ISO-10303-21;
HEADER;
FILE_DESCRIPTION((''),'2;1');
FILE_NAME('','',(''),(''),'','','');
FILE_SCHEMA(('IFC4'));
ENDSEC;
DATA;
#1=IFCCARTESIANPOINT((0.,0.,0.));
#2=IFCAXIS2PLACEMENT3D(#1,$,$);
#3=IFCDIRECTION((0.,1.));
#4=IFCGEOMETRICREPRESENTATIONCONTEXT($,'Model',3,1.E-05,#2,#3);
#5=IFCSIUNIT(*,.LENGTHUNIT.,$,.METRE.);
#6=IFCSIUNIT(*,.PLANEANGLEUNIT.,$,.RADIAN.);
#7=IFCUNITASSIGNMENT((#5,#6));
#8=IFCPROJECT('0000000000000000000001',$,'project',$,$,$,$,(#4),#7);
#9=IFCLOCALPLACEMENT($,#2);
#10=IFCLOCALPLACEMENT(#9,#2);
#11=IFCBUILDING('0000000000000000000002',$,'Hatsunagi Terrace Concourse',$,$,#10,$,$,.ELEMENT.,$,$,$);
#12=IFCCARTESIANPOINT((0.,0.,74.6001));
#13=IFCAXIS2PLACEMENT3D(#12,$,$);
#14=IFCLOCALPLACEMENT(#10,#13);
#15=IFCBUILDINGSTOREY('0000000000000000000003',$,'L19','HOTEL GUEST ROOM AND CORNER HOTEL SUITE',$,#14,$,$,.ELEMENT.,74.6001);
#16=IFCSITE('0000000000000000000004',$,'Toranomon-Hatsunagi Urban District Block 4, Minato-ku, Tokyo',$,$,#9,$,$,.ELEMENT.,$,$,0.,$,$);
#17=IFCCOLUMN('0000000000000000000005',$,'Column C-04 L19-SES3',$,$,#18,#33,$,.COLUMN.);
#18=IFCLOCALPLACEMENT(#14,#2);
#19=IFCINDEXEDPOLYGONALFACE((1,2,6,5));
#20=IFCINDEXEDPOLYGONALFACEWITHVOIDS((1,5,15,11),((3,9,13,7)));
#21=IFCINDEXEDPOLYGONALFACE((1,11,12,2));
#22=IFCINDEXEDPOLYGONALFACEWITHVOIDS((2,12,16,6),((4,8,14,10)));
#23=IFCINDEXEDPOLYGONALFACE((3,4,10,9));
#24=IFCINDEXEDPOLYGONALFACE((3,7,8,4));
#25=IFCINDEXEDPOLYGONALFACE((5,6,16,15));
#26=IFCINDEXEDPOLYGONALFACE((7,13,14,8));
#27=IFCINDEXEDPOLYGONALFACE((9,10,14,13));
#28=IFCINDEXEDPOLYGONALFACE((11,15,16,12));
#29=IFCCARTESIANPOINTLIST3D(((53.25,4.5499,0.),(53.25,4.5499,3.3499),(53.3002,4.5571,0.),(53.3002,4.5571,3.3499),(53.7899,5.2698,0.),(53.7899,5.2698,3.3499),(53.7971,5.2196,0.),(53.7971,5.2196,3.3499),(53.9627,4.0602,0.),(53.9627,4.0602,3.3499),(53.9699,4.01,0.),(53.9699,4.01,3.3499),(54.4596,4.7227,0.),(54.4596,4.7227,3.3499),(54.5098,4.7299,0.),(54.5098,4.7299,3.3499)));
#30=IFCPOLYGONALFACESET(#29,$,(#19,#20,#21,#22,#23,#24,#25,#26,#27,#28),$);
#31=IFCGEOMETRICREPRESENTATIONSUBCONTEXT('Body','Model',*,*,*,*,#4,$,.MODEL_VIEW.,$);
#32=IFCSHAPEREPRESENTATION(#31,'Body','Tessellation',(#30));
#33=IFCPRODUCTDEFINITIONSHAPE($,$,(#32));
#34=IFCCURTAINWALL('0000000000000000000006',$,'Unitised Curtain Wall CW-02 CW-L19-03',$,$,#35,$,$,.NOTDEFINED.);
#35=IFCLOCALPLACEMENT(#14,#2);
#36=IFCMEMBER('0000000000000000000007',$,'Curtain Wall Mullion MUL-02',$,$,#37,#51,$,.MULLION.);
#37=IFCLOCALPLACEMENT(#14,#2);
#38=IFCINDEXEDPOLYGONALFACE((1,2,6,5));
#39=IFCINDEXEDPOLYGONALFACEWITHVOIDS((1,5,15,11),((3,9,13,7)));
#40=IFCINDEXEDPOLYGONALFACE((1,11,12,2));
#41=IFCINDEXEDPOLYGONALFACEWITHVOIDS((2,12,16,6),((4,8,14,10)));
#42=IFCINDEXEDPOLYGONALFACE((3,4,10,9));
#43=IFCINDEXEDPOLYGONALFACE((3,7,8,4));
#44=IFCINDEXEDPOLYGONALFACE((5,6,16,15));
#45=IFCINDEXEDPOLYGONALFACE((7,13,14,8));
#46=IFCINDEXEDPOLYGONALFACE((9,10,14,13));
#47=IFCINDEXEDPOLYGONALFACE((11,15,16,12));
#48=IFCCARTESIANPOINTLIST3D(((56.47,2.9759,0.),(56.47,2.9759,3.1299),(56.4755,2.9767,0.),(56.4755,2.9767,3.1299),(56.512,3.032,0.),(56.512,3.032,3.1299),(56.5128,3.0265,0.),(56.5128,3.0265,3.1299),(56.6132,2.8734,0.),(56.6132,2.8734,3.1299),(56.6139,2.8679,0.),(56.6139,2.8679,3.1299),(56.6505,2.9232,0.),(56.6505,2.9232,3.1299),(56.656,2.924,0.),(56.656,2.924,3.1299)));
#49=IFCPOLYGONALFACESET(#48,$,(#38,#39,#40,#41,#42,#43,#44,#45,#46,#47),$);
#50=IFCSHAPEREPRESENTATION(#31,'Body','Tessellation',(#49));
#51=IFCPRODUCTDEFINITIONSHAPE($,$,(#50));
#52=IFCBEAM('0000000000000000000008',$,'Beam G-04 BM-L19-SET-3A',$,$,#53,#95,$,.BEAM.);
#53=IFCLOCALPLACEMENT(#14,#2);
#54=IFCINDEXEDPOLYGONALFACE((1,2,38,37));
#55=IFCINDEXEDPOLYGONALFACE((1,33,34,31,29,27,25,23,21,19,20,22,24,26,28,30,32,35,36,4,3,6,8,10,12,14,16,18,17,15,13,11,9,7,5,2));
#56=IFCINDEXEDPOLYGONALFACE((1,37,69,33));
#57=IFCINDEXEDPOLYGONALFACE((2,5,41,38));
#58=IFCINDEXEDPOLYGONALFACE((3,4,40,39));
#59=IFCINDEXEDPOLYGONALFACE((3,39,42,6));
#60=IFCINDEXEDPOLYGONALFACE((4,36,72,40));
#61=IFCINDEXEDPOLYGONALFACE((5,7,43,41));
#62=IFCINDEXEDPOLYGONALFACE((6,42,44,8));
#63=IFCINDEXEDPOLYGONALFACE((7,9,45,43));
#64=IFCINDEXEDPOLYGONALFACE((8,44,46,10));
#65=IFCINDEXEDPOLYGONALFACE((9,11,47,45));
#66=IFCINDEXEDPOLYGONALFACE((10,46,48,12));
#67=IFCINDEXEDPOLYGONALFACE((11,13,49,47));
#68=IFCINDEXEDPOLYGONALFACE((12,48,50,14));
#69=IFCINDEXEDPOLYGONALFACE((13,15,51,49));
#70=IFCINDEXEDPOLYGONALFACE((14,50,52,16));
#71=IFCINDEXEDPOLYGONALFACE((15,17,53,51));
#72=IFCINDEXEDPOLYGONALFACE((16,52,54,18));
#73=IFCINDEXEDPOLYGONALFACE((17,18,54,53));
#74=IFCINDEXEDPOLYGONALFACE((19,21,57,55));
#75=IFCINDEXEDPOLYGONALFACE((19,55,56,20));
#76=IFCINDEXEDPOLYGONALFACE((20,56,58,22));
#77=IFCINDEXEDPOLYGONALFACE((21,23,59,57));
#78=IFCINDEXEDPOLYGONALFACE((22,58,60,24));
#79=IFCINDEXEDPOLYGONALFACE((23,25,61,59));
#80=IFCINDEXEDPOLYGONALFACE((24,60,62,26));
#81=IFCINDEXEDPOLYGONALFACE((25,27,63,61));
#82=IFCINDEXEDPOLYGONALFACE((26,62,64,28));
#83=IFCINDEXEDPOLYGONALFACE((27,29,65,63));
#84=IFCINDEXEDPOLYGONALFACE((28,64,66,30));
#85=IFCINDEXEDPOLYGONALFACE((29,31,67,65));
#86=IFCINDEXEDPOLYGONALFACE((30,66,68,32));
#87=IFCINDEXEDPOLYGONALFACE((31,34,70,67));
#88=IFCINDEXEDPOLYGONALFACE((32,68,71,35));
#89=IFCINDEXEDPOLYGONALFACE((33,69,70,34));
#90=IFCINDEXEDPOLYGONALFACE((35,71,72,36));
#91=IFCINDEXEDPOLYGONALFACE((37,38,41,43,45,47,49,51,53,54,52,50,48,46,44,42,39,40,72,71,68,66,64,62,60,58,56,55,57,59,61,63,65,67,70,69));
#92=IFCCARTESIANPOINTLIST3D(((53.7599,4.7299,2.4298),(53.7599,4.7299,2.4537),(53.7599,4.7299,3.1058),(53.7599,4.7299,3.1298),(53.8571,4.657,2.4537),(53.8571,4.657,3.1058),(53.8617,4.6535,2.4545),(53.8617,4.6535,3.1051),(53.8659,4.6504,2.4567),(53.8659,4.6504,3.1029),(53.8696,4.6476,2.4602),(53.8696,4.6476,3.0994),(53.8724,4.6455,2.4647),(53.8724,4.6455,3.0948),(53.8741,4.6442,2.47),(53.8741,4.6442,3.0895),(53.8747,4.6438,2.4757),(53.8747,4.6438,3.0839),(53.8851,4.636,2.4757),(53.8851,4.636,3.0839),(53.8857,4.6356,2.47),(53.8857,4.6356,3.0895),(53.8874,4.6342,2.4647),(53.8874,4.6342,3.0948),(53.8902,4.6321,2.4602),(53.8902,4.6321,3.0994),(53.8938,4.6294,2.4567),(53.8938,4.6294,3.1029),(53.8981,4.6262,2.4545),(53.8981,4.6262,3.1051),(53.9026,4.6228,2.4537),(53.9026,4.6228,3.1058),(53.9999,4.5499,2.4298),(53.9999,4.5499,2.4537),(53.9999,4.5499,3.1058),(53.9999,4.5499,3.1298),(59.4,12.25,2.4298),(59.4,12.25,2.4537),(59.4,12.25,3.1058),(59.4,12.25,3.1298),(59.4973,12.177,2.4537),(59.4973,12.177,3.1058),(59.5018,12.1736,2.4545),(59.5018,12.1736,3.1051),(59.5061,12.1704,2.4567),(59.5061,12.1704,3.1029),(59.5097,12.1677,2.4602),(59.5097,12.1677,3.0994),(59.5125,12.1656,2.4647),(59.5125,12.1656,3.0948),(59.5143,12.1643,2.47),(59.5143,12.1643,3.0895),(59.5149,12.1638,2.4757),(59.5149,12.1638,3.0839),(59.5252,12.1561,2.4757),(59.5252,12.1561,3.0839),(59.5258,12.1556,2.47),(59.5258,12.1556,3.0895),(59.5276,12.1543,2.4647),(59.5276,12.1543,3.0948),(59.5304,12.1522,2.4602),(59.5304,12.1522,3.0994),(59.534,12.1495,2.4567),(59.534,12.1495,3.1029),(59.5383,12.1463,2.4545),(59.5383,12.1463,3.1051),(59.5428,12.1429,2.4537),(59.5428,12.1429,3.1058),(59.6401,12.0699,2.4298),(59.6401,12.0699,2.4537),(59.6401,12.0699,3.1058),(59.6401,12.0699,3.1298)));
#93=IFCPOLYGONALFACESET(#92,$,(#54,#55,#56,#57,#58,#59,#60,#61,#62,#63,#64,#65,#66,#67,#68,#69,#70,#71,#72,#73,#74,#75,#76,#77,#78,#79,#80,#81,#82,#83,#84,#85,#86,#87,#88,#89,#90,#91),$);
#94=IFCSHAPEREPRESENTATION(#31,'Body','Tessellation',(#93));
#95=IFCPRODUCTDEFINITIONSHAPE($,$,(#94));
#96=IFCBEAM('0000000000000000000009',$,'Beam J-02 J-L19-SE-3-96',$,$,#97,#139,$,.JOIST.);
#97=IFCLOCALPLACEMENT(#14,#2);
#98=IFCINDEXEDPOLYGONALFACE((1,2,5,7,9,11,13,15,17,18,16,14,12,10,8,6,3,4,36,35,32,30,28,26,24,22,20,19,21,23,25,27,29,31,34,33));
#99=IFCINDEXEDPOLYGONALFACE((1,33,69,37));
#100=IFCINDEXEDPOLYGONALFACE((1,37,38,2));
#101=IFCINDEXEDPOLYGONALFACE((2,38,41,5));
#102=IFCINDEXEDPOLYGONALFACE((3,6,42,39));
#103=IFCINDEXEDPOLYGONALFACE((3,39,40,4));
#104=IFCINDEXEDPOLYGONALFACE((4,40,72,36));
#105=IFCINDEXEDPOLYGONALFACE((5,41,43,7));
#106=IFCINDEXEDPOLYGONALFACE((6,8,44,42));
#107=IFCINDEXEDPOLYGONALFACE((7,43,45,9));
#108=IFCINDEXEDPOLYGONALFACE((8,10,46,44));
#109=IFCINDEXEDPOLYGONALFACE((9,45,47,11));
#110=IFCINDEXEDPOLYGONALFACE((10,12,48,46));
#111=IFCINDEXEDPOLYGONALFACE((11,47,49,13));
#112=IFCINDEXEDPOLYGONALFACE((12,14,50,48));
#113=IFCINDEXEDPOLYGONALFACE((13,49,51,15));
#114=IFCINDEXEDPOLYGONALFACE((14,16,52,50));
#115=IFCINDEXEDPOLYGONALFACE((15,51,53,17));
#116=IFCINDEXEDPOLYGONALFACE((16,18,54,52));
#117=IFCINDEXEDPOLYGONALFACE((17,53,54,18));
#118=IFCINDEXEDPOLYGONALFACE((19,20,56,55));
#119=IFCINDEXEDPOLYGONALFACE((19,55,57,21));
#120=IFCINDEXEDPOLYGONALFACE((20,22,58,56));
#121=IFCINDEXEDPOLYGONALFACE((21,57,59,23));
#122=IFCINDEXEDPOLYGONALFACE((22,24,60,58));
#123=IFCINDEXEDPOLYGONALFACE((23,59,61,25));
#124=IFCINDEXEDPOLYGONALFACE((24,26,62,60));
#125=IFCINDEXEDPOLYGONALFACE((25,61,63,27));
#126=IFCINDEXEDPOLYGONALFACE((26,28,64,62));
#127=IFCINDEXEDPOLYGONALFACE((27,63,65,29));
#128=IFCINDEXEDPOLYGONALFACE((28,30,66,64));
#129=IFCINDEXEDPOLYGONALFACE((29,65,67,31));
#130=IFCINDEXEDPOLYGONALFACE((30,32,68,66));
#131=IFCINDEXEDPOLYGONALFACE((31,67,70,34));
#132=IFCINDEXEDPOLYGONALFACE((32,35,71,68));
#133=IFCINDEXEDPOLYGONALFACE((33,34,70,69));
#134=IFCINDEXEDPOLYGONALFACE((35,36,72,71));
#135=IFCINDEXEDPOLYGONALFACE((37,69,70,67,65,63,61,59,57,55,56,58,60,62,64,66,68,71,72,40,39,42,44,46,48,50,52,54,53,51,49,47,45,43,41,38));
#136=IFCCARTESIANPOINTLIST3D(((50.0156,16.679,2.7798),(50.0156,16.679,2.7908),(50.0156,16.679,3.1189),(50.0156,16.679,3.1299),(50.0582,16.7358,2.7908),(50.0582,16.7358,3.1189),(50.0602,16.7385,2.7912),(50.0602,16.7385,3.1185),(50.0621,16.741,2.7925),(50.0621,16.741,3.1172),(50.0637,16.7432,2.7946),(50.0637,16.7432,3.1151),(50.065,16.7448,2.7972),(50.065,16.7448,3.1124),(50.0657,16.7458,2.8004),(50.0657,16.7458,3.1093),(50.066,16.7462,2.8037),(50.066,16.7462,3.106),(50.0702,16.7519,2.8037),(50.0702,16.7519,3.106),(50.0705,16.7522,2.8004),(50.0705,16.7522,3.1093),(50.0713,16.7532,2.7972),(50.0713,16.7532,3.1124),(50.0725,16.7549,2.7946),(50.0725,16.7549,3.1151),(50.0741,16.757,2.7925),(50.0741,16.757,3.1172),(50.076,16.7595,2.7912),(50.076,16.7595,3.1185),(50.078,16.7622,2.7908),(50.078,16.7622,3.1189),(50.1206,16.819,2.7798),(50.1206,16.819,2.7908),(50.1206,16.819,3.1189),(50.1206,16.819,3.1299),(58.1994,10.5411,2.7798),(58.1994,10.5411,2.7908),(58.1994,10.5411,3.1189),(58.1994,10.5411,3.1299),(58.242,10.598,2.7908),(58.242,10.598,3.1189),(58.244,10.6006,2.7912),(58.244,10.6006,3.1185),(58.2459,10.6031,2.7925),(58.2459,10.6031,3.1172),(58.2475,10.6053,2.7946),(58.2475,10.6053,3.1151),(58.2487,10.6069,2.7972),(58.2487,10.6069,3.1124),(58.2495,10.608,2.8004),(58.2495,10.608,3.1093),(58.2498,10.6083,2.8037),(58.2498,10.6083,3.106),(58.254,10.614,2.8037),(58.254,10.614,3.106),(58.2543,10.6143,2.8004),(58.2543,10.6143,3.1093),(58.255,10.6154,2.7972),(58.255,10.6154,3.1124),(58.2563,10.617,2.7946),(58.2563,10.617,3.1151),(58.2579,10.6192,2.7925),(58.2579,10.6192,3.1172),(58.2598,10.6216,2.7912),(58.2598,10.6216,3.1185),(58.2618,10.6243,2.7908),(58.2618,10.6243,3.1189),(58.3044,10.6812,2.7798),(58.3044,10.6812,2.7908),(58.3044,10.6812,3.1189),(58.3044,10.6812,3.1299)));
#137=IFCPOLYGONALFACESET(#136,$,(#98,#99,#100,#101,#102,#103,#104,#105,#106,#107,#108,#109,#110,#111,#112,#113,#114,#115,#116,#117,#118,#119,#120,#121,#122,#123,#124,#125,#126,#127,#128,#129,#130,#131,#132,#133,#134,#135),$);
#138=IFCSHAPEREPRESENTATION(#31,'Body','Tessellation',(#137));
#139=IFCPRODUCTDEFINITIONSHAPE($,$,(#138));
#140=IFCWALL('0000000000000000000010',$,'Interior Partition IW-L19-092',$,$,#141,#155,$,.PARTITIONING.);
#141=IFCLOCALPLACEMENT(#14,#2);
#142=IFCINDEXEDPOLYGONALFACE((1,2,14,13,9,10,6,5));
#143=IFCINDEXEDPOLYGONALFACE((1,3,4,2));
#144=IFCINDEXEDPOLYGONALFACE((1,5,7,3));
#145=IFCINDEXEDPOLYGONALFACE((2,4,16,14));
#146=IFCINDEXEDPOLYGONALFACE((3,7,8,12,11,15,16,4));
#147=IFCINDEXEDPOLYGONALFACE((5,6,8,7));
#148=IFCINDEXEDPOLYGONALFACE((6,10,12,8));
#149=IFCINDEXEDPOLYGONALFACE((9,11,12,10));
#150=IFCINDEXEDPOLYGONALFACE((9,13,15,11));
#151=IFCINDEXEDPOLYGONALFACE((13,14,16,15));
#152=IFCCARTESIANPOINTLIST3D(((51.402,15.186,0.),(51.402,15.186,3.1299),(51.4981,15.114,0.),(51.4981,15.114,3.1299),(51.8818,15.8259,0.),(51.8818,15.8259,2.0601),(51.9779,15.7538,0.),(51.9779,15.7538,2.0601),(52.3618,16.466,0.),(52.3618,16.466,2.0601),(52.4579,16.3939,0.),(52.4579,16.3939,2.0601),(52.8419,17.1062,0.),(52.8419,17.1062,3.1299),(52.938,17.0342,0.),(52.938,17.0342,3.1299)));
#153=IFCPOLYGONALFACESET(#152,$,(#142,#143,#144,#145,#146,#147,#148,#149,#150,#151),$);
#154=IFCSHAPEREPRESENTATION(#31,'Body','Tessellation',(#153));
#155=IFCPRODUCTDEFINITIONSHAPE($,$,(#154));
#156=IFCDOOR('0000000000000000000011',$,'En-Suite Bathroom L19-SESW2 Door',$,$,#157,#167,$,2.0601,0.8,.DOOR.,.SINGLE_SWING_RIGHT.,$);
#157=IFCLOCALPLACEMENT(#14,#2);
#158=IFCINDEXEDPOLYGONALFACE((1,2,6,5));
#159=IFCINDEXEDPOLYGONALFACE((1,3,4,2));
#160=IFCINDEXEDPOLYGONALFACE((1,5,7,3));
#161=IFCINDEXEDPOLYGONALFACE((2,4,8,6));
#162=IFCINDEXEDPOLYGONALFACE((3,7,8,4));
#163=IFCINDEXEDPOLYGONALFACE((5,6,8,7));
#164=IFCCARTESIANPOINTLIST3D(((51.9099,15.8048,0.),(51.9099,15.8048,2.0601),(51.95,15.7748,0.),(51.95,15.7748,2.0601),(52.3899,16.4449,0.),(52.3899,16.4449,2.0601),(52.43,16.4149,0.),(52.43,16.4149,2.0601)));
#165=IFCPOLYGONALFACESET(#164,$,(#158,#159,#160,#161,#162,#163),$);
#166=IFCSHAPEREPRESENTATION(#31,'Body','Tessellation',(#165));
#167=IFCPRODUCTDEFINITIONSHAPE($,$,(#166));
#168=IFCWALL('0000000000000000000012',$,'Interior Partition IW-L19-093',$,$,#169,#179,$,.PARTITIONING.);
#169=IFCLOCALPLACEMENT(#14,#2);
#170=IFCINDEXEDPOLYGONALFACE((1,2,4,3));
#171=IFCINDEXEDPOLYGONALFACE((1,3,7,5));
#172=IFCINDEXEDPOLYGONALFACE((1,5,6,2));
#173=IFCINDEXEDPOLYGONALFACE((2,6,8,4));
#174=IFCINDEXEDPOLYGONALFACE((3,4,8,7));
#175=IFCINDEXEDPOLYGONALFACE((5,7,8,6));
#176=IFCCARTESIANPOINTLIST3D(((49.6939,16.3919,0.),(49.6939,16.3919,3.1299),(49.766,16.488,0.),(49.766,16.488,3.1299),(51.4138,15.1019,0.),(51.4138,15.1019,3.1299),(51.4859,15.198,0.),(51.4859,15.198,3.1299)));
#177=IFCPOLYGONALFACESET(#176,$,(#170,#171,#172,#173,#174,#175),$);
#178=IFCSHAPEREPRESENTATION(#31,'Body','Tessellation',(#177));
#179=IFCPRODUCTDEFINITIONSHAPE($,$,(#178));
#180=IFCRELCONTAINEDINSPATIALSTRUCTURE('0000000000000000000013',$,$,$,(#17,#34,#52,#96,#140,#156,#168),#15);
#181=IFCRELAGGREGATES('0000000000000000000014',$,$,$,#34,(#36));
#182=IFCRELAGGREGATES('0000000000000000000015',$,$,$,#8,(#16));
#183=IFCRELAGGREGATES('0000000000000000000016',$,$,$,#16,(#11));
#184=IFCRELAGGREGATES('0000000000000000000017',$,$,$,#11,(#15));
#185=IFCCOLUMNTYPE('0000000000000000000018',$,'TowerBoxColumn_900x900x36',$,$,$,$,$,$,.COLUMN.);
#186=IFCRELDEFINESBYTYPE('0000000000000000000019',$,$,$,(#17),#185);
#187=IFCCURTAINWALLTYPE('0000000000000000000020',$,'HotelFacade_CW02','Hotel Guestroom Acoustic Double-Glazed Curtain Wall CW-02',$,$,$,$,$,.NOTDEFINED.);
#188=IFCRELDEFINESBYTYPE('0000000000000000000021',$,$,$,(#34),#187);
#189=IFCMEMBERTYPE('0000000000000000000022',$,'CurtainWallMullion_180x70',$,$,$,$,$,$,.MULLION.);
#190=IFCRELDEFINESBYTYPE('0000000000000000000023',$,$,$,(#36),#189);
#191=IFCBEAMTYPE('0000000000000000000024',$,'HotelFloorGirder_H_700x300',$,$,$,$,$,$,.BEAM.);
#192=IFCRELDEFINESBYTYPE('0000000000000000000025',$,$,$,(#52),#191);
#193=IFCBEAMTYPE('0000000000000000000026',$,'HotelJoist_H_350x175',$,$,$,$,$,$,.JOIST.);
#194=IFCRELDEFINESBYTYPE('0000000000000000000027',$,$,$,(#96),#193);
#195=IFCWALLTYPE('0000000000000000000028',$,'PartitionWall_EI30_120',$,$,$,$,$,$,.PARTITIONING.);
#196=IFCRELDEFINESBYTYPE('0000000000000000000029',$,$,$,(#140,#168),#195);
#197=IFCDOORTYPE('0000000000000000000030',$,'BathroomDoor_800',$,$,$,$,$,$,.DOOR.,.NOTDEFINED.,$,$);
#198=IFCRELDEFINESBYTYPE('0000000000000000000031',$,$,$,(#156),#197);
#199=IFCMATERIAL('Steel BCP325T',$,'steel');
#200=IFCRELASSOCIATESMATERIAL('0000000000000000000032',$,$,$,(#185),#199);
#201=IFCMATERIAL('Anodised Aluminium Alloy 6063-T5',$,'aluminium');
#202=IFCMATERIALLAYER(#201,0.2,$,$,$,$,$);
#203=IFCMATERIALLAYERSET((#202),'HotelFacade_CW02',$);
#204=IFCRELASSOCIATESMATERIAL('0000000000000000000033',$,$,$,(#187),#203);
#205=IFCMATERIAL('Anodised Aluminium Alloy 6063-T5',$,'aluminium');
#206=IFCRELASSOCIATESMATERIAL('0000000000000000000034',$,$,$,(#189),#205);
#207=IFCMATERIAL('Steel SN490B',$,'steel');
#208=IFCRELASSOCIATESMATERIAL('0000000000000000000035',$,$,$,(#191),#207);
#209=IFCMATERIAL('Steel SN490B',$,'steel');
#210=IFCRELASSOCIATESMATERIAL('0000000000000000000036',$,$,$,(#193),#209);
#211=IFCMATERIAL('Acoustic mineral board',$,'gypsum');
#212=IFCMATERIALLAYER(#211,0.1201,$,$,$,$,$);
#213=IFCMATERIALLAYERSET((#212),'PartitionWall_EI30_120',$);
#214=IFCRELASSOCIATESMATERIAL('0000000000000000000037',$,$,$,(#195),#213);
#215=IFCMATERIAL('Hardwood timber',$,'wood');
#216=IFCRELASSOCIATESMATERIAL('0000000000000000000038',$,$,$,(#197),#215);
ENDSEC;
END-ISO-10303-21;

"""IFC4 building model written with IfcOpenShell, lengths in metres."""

from ifc_helpers import new_model, si_unit, direction, frame, frame_2d, origin, origin_2d, place, context, subcontext, project, spatial, rectangle, hollow_rectangle, i_section, extrude, material, layer, layer_set, material_profile, profile_set, type_object, element, fill, aggregate, save


model = new_model("IFC4")

# Units and contexts
model_context = context("Model", 3, precision=1e-05, world=origin(), true_north=direction((0.0, 1.0)))
body_context = subcontext(model_context, "Body", "Model", "MODEL_VIEW")
ifc_project = project(units=[si_unit("LENGTHUNIT", "METRE"), si_unit("PLANEANGLEUNIT", "RADIAN")], contexts=[model_context])

# Site, building, storey
site_placement = place(None, origin())
site = spatial("IfcSite", under=ifc_project, at=site_placement, Name="Toranomon-Hatsunagi Urban District Block 4, Minato-ku, Tokyo", CompositionType="ELEMENT", RefElevation=0.0)
building_placement = place(site_placement, origin())
building = spatial("IfcBuilding", under=site, at=building_placement, Name="Hatsunagi Terrace Concourse", CompositionType="ELEMENT")
storey_placement = place(building_placement, frame((0.0, 0.0, 74.6001)))
storey = spatial("IfcBuildingStorey", under=building, at=storey_placement, Name="L19", Description="HOTEL GUEST ROOM AND CORNER HOTEL SUITE", CompositionType="ELEMENT", Elevation=74.6001)

# Column
ifc_material_1 = material(Name="Steel BCP325T", Category="steel")
ifc_material_profile_1 = material_profile(ifc_material_1, hollow_rectangle(XDim=0.8999, YDim=0.8999, WallThickness=0.0359, at=origin_2d()), Name="BCP-900x900x36")
ifc_profile_set_1 = profile_set([ifc_material_profile_1], Name="Steel BCP325T")
column_type = type_object("IfcColumnType", Name="TowerBoxColumn_900x900x36", PredefinedType="COLUMN", material=ifc_profile_set_1)
column_placement = place(storey_placement, frame((53.8799, 4.6399, 0.0), z_axis=(0.0, 0.0, 1.0), x_axis=(0.8, -0.6, 0.0)))
element("IfcColumn", 1, at=column_placement, inside=storey, type_object=column_type, Name="Column C-04 L19-SES3", PredefinedType="COLUMN", context=body_context, shape_type="SweptSolid", body=[
    extrude(hollow_rectangle(XDim=0.8999, YDim=0.8999, WallThickness=0.0359, at=origin_2d()), origin(), (0.0, 0.0, 1.0), 3.3499),
])

# Curtain wall, member
ifc_material_2 = material(Name="Anodised Aluminium Alloy 6063-T5", Category="aluminium")
ifc_layer_1 = layer(ifc_material_2, 0.2)
ifc_layer_set_1 = layer_set([ifc_layer_1], Name="HotelFacade_CW02")
curtain_wall_type = type_object("IfcCurtainWallType", Name="HotelFacade_CW02", Description="Hotel Guestroom Acoustic Double-Glazed Curtain Wall CW-02", PredefinedType="NOTDEFINED", material=ifc_layer_set_1)
curtain_wall_placement = place(storey_placement, origin())
curtain_wall = element("IfcCurtainWall", 2, at=curtain_wall_placement, inside=storey, type_object=curtain_wall_type, Name="Unitised Curtain Wall CW-02 CW-L19-03", PredefinedType="NOTDEFINED")
ifc_material_3 = material(Name="Anodised Aluminium Alloy 6063-T5", Category="aluminium")
ifc_material_profile_2 = material_profile(ifc_material_3, hollow_rectangle(XDim=0.0701, YDim=0.1799, WallThickness=0.0039, at=origin_2d()), Name="ALU-MUL-180x70x4")
ifc_profile_set_2 = profile_set([ifc_material_profile_2], Name="Anodised Aluminium Alloy 6063-T5")
member_type = type_object("IfcMemberType", Name="CurtainWallMullion_180x70", PredefinedType="MULLION", material=ifc_profile_set_2)
member_placement = place(storey_placement, frame((56.563, 2.95, 0.0), z_axis=(0.0, 0.0, 1.0), x_axis=(-0.599969, -0.800023, 0.0)))
member = element("IfcMember", 3, at=member_placement, type_object=member_type, Name="Curtain Wall Mullion MUL-02", PredefinedType="MULLION", context=body_context, shape_type="SweptSolid", body=[
    extrude(hollow_rectangle(XDim=0.0701, YDim=0.1799, WallThickness=0.0039, at=origin_2d()), origin(), (0.0, 0.0, 1.0), 3.1299),
])
aggregate(curtain_wall, [member])

# Beams
ifc_material_4 = material(Name="Steel SN490B", Category="steel")
ifc_material_profile_3 = material_profile(ifc_material_4, i_section(OverallWidth=0.3, OverallDepth=0.7, WebThickness=0.0129, FlangeThickness=0.0239, FilletRadius=0.022, at=origin_2d()), Name="H-700x300x13x24")
ifc_profile_set_3 = profile_set([ifc_material_profile_3], Name="Steel SN490B")
beam_type_1 = type_object("IfcBeamType", Name="HotelFloorGirder_H_700x300", PredefinedType="BEAM", material=ifc_profile_set_3)
beam_1_placement = place(storey_placement, frame((53.8799, 4.6399, 2.7798), z_axis=(0.600008, 0.799994, 0.0), x_axis=(-0.799994, 0.600008, 0.0)))
element("IfcBeam", 4, at=beam_1_placement, inside=storey, type_object=beam_type_1, Name="Beam G-04 BM-L19-SET-3A", PredefinedType="BEAM", context=body_context, shape_type="SweptSolid", body=[
    extrude(i_section(OverallWidth=0.3, OverallDepth=0.7, WebThickness=0.0129, FlangeThickness=0.0239, FilletRadius=0.022, at=origin_2d()), origin(), (0.0, 0.0, 1.0), 9.4001),
])
ifc_material_5 = material(Name="Steel SN490B", Category="steel")
ifc_material_profile_4 = material_profile(ifc_material_5, i_section(OverallWidth=0.175, OverallDepth=0.3501, WebThickness=0.0071, FlangeThickness=0.011, FilletRadius=0.0129, at=origin_2d()), Name="H-350x175x7x11")
ifc_profile_set_4 = profile_set([ifc_material_profile_4], Name="Steel SN490B")
beam_type_2 = type_object("IfcBeamType", Name="HotelJoist_H_350x175", PredefinedType="JOIST", material=ifc_profile_set_4)
beam_2_placement = place(storey_placement, frame((50.0681, 16.749, 2.9548), z_axis=(0.799997, -0.600004, 0.0), x_axis=(0.600004, 0.799997, 0.0)))
element("IfcBeam", 5, at=beam_2_placement, inside=storey, type_object=beam_type_2, Name="Beam J-02 J-L19-SE-3-96", PredefinedType="JOIST", context=body_context, shape_type="SweptSolid", body=[
    extrude(i_section(OverallWidth=0.175, OverallDepth=0.3501, WebThickness=0.0071, FlangeThickness=0.011, FilletRadius=0.0129, at=origin_2d()), origin(), (0.0, 0.0, 1.0), 10.2297),
])

# Wall, opening, door
ifc_material_6 = material(Name="Acoustic mineral board", Category="gypsum")
ifc_layer_2 = layer(ifc_material_6, 0.1201)
ifc_layer_set_2 = layer_set([ifc_layer_2], Name="PartitionWall_EI30_120")
wall_type_1 = type_object("IfcWallType", Name="PartitionWall_EI30_120", PredefinedType="PARTITIONING", material=ifc_layer_set_2)
wall_1_placement = place(storey_placement, frame((51.45, 15.1499, 0.0), z_axis=(0.0, 0.0, 1.0), x_axis=(0.599951, 0.800037, 0.0)))
wall_1 = element("IfcWall", 6, at=wall_1_placement, inside=storey, type_object=wall_type_1, Name="Interior Partition IW-L19-092", PredefinedType="PARTITIONING", context=body_context, shape_type="SweptSolid", body=[
    extrude(rectangle(XDim=2.4001, YDim=0.1201, at=frame_2d((1.2002, 0.0))), origin(), (0.0, 0.0, 1.0), 3.1299),
])
opening_1_placement = place(wall_1_placement, frame((0.8, 0.0, 0.0)))
opening_1 = element("IfcOpeningElement", 7, at=opening_1_placement, cuts=wall_1, PredefinedType="OPENING", context=body_context, shape_type="SweptSolid", body=[
    extrude(rectangle(XDim=0.8, YDim=2.0601, at=frame_2d((0.3999, 1.03))), frame((0.0, 0.0701, 0.0), z_axis=(0.0, -1.0, 0.0), x_axis=(1.0, 0.0, 0.0)), (0.0, 0.0, 1.0), 0.1401),
])
ifc_material_7 = material(Name="Hardwood timber", Category="wood")
door_type_1 = type_object("IfcDoorType", Name="BathroomDoor_800", OperationType="NOTDEFINED", PredefinedType="DOOR", material=ifc_material_7)
door_1_placement = place(opening_1_placement, origin())
door_1 = element("IfcDoor", 8, at=door_1_placement, inside=storey, type_object=door_type_1, Name="En-Suite Bathroom L19-SESW2 Door", OperationType="SINGLE_SWING_RIGHT", OverallHeight=2.0601, OverallWidth=0.8, PredefinedType="DOOR", context=body_context, shape_type="SweptSolid", body=[
    extrude(rectangle(XDim=0.8, YDim=2.0601, at=frame_2d((0.3999, 1.03))), frame((0.0, 0.0249, 0.0), z_axis=(0.0, -1.0, 0.0), x_axis=(1.0, 0.0, 0.0)), (0.0, 0.0, 1.0), 0.05),
])
fill(opening_1, door_1)

# Wall
for number, where, z_axis, x_axis, name in (
    (9, (49.73, 16.4399, 0.0), (0.0, 0.0, 1.0), (0.799986, -0.600018, 0.0), "Interior Partition IW-L19-093"),
):
    element("IfcWall", number, at=place(storey_placement, frame(where, z_axis=z_axis, x_axis=x_axis)), inside=storey, type_object=wall_type_1, Name=name, PredefinedType="PARTITIONING", context=body_context, shape_type="SweptSolid", body=[
        extrude(rectangle(XDim=2.1499, YDim=0.1201, at=frame_2d((1.075, 0.0))), origin(), (0.0, 0.0, 1.0), 3.1299),
    ])

save(model, "model.ifc")
